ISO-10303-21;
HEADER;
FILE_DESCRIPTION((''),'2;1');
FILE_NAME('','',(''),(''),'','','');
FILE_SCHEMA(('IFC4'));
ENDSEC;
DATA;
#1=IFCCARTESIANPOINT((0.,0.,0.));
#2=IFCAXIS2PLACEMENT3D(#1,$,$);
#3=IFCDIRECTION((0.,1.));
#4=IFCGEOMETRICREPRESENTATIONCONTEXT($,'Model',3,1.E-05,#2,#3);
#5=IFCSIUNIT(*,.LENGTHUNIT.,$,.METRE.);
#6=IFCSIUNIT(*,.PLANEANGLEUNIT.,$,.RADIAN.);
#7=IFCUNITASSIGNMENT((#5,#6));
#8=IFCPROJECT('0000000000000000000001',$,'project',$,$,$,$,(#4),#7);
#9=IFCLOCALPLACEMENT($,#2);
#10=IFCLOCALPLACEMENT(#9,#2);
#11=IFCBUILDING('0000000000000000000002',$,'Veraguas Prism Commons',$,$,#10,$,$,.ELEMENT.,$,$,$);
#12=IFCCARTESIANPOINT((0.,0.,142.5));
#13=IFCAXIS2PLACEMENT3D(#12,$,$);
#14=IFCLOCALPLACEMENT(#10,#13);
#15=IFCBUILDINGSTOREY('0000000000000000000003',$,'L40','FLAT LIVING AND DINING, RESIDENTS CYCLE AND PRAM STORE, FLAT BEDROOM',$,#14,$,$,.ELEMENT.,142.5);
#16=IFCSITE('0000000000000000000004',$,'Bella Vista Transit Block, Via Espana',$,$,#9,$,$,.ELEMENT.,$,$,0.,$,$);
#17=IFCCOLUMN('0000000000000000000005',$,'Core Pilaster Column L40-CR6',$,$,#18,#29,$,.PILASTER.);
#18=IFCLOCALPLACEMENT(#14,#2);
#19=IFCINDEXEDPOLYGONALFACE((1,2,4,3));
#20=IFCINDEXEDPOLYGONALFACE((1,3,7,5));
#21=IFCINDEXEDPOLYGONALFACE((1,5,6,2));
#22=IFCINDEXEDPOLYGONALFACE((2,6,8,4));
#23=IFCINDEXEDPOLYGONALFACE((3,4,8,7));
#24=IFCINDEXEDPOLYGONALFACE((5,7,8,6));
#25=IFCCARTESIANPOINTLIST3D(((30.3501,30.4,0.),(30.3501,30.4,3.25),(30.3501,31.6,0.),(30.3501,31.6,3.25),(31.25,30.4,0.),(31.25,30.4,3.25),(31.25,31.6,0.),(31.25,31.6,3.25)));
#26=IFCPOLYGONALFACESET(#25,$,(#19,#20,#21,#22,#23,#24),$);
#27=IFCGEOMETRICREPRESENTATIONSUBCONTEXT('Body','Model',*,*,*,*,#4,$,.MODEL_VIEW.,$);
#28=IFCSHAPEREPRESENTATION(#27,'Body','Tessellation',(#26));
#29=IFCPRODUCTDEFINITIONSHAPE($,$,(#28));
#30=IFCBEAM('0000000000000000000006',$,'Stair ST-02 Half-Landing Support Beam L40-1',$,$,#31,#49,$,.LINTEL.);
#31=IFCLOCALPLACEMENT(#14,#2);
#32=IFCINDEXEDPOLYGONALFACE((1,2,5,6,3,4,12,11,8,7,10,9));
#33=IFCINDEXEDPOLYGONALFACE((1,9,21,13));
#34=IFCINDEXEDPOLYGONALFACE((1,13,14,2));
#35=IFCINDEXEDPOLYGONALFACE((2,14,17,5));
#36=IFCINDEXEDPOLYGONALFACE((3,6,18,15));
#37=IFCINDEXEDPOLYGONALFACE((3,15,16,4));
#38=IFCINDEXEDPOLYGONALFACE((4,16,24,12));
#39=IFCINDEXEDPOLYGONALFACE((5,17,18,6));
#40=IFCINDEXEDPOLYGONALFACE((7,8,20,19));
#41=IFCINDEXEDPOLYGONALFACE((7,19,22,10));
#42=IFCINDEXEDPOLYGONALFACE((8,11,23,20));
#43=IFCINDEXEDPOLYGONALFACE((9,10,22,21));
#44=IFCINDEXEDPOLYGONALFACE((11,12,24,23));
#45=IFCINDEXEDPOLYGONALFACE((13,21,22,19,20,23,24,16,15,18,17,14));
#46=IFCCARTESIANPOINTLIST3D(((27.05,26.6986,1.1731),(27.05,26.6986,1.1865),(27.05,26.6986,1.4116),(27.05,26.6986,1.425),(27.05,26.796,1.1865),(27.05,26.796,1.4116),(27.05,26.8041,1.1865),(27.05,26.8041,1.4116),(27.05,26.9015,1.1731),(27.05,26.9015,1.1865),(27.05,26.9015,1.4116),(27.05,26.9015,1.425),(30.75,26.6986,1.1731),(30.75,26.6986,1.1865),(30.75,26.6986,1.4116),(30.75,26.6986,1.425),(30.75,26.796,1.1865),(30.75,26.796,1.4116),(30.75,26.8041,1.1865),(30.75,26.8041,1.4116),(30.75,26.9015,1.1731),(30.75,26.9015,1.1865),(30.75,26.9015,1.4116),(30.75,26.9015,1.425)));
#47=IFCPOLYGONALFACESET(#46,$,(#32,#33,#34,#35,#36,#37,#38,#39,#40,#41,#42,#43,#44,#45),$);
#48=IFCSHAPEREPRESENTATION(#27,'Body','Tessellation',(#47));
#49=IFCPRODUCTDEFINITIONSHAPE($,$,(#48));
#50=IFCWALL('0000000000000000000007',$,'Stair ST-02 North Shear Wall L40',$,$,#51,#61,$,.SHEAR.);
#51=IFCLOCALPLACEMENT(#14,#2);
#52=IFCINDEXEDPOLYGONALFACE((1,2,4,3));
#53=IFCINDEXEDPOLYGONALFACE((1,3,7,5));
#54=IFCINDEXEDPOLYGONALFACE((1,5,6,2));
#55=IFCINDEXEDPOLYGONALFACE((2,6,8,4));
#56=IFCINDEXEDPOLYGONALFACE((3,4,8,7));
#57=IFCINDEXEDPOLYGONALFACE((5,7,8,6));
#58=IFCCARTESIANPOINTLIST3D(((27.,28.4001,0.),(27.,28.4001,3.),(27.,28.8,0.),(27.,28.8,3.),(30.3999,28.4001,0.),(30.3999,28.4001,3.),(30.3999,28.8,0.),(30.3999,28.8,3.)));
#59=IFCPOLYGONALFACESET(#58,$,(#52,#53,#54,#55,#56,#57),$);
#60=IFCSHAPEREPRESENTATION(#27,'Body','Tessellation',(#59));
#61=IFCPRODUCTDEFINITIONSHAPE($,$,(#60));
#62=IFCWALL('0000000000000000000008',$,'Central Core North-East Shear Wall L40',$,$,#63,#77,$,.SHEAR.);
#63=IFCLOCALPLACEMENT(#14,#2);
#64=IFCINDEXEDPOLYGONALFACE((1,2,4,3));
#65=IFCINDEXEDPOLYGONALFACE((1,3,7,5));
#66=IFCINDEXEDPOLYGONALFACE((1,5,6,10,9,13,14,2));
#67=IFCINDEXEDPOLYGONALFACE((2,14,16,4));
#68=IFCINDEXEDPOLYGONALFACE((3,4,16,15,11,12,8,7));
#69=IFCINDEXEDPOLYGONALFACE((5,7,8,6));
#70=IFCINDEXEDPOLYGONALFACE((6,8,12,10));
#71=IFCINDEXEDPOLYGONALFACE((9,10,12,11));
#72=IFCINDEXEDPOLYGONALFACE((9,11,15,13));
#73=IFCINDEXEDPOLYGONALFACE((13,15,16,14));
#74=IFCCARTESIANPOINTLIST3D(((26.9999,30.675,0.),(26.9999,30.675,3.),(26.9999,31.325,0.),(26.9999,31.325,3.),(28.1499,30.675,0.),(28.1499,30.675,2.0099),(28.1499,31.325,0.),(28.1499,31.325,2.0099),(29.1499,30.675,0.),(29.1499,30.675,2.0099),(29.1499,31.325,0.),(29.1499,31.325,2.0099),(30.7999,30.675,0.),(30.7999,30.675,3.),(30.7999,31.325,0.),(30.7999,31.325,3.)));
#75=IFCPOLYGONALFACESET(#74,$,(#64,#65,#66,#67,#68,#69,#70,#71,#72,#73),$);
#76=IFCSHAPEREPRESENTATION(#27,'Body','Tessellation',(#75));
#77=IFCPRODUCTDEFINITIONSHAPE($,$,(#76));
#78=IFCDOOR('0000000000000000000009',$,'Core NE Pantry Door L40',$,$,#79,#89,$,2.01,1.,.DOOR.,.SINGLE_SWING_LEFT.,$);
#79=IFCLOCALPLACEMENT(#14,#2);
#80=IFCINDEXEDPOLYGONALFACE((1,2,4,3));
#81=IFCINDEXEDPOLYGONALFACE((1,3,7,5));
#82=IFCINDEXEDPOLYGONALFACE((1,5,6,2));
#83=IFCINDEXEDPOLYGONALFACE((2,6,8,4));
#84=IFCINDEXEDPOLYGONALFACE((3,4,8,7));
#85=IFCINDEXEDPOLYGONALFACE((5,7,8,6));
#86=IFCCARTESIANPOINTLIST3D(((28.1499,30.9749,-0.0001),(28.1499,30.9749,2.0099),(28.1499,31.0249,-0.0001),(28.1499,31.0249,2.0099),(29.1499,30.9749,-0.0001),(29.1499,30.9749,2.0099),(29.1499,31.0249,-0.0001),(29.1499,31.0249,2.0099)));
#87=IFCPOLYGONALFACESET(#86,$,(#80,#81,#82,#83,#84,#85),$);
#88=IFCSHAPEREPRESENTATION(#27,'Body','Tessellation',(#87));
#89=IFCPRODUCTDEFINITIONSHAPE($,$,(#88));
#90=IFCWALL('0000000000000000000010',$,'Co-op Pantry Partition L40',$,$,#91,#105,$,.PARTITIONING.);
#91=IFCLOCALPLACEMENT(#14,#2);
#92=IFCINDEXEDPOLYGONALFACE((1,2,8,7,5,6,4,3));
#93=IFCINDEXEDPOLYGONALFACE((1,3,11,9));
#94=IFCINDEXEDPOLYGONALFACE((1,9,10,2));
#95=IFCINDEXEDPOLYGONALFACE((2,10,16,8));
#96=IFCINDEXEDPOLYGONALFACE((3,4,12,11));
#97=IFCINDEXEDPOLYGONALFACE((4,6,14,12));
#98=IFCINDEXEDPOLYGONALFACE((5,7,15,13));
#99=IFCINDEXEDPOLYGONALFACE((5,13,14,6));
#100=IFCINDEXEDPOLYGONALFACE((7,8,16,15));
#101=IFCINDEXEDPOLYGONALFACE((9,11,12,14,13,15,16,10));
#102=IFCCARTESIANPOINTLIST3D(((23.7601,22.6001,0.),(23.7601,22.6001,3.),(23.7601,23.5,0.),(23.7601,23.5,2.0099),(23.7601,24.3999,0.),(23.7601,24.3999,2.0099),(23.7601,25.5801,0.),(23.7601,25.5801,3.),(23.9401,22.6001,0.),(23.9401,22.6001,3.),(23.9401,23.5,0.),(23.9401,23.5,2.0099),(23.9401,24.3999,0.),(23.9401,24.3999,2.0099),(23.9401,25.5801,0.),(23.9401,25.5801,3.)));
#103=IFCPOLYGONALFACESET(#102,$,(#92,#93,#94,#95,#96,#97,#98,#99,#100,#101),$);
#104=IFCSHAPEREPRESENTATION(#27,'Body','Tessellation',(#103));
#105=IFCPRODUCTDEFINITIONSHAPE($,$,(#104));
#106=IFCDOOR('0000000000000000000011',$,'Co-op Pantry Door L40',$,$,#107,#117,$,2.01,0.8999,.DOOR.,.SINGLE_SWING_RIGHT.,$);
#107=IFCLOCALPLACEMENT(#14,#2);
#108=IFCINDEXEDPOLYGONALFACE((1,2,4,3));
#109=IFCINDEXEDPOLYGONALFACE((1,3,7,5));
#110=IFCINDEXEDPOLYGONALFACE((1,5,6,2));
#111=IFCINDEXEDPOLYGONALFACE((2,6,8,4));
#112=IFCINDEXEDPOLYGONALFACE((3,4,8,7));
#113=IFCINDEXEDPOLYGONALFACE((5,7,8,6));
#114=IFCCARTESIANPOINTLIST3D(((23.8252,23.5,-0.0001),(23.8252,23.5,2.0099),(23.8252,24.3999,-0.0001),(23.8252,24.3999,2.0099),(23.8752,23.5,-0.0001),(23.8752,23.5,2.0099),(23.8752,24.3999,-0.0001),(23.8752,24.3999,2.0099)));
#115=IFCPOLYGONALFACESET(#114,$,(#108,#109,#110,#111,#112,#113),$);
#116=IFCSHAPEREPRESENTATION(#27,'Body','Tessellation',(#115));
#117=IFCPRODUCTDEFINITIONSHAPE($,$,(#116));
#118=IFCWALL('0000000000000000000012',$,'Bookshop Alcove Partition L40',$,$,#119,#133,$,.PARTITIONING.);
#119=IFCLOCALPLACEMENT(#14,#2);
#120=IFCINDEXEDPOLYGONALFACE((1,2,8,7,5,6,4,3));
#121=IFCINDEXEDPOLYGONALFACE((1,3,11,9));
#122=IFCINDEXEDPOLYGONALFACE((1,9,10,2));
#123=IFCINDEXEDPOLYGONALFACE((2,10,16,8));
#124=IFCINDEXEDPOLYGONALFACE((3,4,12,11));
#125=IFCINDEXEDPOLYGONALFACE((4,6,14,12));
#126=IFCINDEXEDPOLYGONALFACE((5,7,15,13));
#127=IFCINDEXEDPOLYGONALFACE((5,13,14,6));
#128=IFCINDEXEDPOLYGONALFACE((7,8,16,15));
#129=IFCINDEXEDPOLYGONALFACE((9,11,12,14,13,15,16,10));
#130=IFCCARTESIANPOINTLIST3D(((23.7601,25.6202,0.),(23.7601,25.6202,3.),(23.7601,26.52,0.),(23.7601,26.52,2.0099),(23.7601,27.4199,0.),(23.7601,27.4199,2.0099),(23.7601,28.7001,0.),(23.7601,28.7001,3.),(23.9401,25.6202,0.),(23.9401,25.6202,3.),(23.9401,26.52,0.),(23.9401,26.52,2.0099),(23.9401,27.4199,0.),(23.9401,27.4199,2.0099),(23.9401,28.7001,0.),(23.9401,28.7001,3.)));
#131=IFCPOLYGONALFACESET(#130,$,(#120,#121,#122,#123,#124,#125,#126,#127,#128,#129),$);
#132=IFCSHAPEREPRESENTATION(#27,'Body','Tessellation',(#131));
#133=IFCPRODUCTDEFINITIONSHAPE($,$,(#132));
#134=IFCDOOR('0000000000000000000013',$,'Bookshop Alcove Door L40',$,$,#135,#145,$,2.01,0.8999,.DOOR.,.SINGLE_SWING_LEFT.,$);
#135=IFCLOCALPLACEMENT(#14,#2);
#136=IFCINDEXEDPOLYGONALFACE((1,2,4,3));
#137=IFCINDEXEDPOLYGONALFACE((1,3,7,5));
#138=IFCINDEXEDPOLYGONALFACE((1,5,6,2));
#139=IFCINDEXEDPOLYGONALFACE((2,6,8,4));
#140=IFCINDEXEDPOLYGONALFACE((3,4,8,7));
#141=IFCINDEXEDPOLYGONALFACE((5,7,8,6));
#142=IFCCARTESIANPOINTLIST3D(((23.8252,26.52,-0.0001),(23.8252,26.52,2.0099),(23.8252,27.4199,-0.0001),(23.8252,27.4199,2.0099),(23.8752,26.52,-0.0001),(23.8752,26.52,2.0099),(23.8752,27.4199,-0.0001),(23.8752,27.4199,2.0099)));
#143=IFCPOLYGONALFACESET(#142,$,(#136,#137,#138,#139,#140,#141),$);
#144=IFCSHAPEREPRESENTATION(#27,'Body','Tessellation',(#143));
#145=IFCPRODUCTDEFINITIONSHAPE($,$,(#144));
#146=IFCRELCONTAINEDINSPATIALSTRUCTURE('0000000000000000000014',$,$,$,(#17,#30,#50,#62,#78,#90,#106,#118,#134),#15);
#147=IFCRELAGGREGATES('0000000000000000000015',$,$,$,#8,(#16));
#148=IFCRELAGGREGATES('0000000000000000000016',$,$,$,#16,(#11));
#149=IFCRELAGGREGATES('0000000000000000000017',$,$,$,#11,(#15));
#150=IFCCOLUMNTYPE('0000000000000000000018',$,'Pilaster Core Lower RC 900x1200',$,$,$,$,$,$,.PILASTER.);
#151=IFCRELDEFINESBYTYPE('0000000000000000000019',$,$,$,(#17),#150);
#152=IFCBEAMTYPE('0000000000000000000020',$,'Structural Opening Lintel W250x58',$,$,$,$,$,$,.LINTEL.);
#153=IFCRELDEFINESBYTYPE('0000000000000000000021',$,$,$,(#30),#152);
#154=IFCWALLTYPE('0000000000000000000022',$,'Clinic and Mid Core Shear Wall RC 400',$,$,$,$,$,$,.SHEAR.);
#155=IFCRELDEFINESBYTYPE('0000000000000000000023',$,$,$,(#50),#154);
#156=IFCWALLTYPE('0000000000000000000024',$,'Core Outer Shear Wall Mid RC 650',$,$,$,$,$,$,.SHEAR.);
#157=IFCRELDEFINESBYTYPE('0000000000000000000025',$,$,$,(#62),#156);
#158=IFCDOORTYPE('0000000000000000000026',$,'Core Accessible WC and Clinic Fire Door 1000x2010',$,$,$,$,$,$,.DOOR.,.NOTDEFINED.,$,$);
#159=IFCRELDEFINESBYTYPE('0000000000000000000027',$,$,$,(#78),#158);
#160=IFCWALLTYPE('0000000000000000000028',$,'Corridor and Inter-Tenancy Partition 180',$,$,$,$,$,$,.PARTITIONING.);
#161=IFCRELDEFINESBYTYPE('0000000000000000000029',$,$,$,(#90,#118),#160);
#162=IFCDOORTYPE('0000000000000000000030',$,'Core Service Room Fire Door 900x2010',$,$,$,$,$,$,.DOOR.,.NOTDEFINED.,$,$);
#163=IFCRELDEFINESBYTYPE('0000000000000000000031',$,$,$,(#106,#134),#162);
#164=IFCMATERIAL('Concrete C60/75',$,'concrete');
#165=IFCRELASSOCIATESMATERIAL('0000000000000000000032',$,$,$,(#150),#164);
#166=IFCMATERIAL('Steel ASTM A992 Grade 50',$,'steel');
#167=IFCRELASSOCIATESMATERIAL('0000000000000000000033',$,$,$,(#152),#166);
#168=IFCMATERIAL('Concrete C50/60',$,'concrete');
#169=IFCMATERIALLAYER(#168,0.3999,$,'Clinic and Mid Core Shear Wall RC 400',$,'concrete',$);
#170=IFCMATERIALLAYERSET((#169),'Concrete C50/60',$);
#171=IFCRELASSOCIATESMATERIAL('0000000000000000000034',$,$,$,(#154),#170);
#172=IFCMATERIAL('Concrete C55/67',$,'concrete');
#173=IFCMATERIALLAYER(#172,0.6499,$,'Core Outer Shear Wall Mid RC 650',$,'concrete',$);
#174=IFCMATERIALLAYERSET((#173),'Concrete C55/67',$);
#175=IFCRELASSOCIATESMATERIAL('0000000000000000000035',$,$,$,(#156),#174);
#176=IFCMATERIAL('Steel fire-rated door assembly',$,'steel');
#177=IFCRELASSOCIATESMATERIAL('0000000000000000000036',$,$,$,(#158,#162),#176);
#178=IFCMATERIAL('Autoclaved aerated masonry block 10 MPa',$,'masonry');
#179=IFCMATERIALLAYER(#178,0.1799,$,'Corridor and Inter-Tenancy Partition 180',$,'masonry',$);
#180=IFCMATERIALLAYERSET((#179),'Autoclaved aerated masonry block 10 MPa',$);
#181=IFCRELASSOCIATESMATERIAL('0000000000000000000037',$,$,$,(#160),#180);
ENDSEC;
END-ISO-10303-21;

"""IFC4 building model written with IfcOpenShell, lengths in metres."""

from ifc_helpers import new_model, si_unit, direction, frame, frame_2d, origin, origin_2d, place, context, subcontext, project, spatial, rectangle, i_section, extrude, source, transform, mapped, material, layer, layer_set, material_profile, profile_set, type_object, element, fill, save


model = new_model("IFC4")

# Units and contexts
model_context = context("Model", 3, precision=1e-05, world=origin(), true_north=direction((0.0, 1.0)))
body_context = subcontext(model_context, "Body", "Model", "MODEL_VIEW")
ifc_project = project(units=[si_unit("LENGTHUNIT", "METRE"), si_unit("PLANEANGLEUNIT", "RADIAN")], contexts=[model_context])

# Site, building, storey
site_placement = place(None, origin())
site = spatial("IfcSite", under=ifc_project, at=site_placement, Name="Bella Vista Transit Block, Via Espana", CompositionType="ELEMENT", RefElevation=0.0)
building_placement = place(site_placement, origin())
building = spatial("IfcBuilding", under=site, at=building_placement, Name="Veraguas Prism Commons", CompositionType="ELEMENT")
storey_placement = place(building_placement, frame((0.0, 0.0, 142.5)))
storey = spatial("IfcBuildingStorey", under=building, at=storey_placement, Name="L40", Description="FLAT LIVING AND DINING, RESIDENTS CYCLE AND PRAM STORE, FLAT BEDROOM", CompositionType="ELEMENT", Elevation=142.5)

# Column
ifc_material_1 = material(Name="Concrete C60/75", Category="concrete")
ifc_material_profile_1 = material_profile(ifc_material_1, rectangle(XDim=0.8999, YDim=1.2, at=origin_2d()), Name="RC900X1200")
ifc_profile_set_1 = profile_set([ifc_material_profile_1], Name="Concrete C60/75")
column_type = type_object("IfcColumnType", Name="Pilaster Core Lower RC 900x1200", PredefinedType="PILASTER", material=ifc_profile_set_1)
column_placement = place(storey_placement, frame((30.8, 31.0, 0.0), z_axis=(0.0, 0.0, 1.0), x_axis=(1.0, 0.0, 0.0)))
element("IfcColumn", 1, at=column_placement, inside=storey, type_object=column_type, Name="Core Pilaster Column L40-CR6", PredefinedType="PILASTER", context=body_context, shape_type="SweptSolid", body=[
    extrude(rectangle(XDim=0.8999, YDim=1.2, at=origin_2d()), origin(), (0.0, 0.0, 1.0), 3.25),
])

# Beam
ifc_material_2 = material(Name="Steel ASTM A992 Grade 50", Category="steel")
ifc_material_profile_2 = material_profile(ifc_material_2, i_section(OverallWidth=0.2029, OverallDepth=0.252, WebThickness=0.0081, FlangeThickness=0.0134, at=origin_2d()), Name="W250X58")
ifc_profile_set_2 = profile_set([ifc_material_profile_2], Name="Steel ASTM A992 Grade 50")
beam_type = type_object("IfcBeamType", Name="Structural Opening Lintel W250x58", PredefinedType="LINTEL", material=ifc_profile_set_2)
beam_placement = place(storey_placement, frame((27.05, 26.8, 1.2991), z_axis=(1.0, 0.0, 0.0), x_axis=(0.0, 1.0, 0.0)))
element("IfcBeam", 2, at=beam_placement, inside=storey, type_object=beam_type, Name="Stair ST-02 Half-Landing Support Beam L40-1", PredefinedType="LINTEL", context=body_context, shape_type="SweptSolid", body=[
    extrude(i_section(OverallWidth=0.2029, OverallDepth=0.252, WebThickness=0.0081, FlangeThickness=0.0134, at=origin_2d()), origin(), (0.0, 0.0, 1.0), 3.7),
])

# Wall
ifc_material_3 = material(Name="Concrete C50/60", Category="concrete")
ifc_layer_1 = layer(ifc_material_3, 0.3999, Name="Clinic and Mid Core Shear Wall RC 400", Category="concrete")
ifc_layer_set_1 = layer_set([ifc_layer_1], Name="Concrete C50/60")
wall_type_1 = type_object("IfcWallType", Name="Clinic and Mid Core Shear Wall RC 400", PredefinedType="SHEAR", material=ifc_layer_set_1)
wall_1_placement = place(storey_placement, frame((27.0, 28.6001, 0.0), z_axis=(0.0, 0.0, 1.0), x_axis=(1.0, 0.0, 0.0)))
element("IfcWall", 3, at=wall_1_placement, inside=storey, type_object=wall_type_1, Name="Stair ST-02 North Shear Wall L40", PredefinedType="SHEAR", context=body_context, shape_type="SweptSolid", body=[
    extrude(rectangle(XDim=3.3999, YDim=0.3999, at=frame_2d((1.7, 0.0))), origin(), (0.0, 0.0, 1.0), 3.0),
])

# Walls, openings, doors
ifc_material_4 = material(Name="Concrete C55/67", Category="concrete")
ifc_layer_2 = layer(ifc_material_4, 0.6499, Name="Core Outer Shear Wall Mid RC 650", Category="concrete")
ifc_layer_set_2 = layer_set([ifc_layer_2], Name="Concrete C55/67")
wall_type_2 = type_object("IfcWallType", Name="Core Outer Shear Wall Mid RC 650", PredefinedType="SHEAR", material=ifc_layer_set_2)
wall_2_placement = place(storey_placement, frame((27.0, 31.0, 0.0), z_axis=(0.0, 0.0, 1.0), x_axis=(1.0, 0.0, 0.0)))
wall_2 = element("IfcWall", 4, at=wall_2_placement, inside=storey, type_object=wall_type_2, Name="Central Core North-East Shear Wall L40", PredefinedType="SHEAR", context=body_context, shape_type="SweptSolid", body=[
    extrude(rectangle(XDim=3.8, YDim=0.6499, at=frame_2d((1.8999, 0.0))), origin(), (0.0, 0.0, 1.0), 3.0),
])
opening_1_placement = place(wall_2_placement, frame((1.1499, 0.0, 0.0)))
opening_1 = element("IfcOpeningElement", 5, at=opening_1_placement, cuts=wall_2, PredefinedType="OPENING", context=body_context, shape_type="SweptSolid", body=[
    extrude(rectangle(XDim=1.0, YDim=2.01, at=frame_2d((0.5, 1.0049))), frame((0.0, 0.335, 0.0), z_axis=(0.0, -1.0, 0.0), x_axis=(1.0, 0.0, 0.0)), (0.0, 0.0, 1.0), 0.6699),
])
ifc_material_5 = material(Name="Steel fire-rated door assembly", Category="steel")
door_type_1 = type_object("IfcDoorType", Name="Core Accessible WC and Clinic Fire Door 1000x2010", OperationType="NOTDEFINED", PredefinedType="DOOR", material=ifc_material_5)
shared_shape_1 = source(origin(), body_context, "Body", "SweptSolid", [
    extrude(rectangle(XDim=1.0, YDim=2.01, at=frame_2d((0.5, 1.0049))), frame((0.0, 0.0249, 0.0), z_axis=(0.0, -1.0, 0.0), x_axis=(1.0, 0.0, 0.0)), (0.0, 0.0, 1.0), 0.05),
])
door_1_placement = place(opening_1_placement, origin())
door_1 = element("IfcDoor", 6, at=door_1_placement, inside=storey, type_object=door_type_1, Name="Core NE Pantry Door L40", OperationType="SINGLE_SWING_LEFT", OverallHeight=2.01, OverallWidth=1.0, PredefinedType="DOOR", context=body_context, shape_type="MappedRepresentation", body=[
    mapped(shared_shape_1, transform((0.0, 0.0, 0.0), scale=1.0)),
])
fill(opening_1, door_1)
ifc_material_6 = material(Name="Autoclaved aerated masonry block 10 MPa", Category="masonry")
ifc_layer_3 = layer(ifc_material_6, 0.1799, Name="Corridor and Inter-Tenancy Partition 180", Category="masonry")
ifc_layer_set_3 = layer_set([ifc_layer_3], Name="Autoclaved aerated masonry block 10 MPa")
wall_type_3 = type_object("IfcWallType", Name="Corridor and Inter-Tenancy Partition 180", PredefinedType="PARTITIONING", material=ifc_layer_set_3)
wall_3_placement = place(storey_placement, frame((23.8501, 22.6001, 0.0), z_axis=(0.0, 0.0, 1.0), x_axis=(0.0, 1.0, 0.0)))
wall_3 = element("IfcWall", 7, at=wall_3_placement, inside=storey, type_object=wall_type_3, Name="Co-op Pantry Partition L40", PredefinedType="PARTITIONING", context=body_context, shape_type="SweptSolid", body=[
    extrude(rectangle(XDim=2.98, YDim=0.1799, at=frame_2d((1.49, 0.0))), origin(), (0.0, 0.0, 1.0), 3.0),
])
opening_2_placement = place(wall_3_placement, frame((0.8999, 0.0, 0.0)))
opening_2 = element("IfcOpeningElement", 8, at=opening_2_placement, cuts=wall_3, PredefinedType="OPENING", context=body_context, shape_type="SweptSolid", body=[
    extrude(rectangle(XDim=0.8999, YDim=2.01, at=frame_2d((0.45, 1.0049))), frame((0.0, 0.0999, 0.0), z_axis=(0.0, -1.0, 0.0), x_axis=(1.0, 0.0, 0.0)), (0.0, 0.0, 1.0), 0.2),
])
door_type_2 = type_object("IfcDoorType", Name="Core Service Room Fire Door 900x2010", OperationType="NOTDEFINED", PredefinedType="DOOR", material=ifc_material_5)
shared_shape_2 = source(origin(), body_context, "Body", "SweptSolid", [
    extrude(rectangle(XDim=0.8999, YDim=2.01, at=frame_2d((0.45, 1.0049))), frame((0.0, 0.0249, 0.0), z_axis=(0.0, -1.0, 0.0), x_axis=(1.0, 0.0, 0.0)), (0.0, 0.0, 1.0), 0.05),
])
door_2_placement = place(opening_2_placement, origin())
door_2 = element("IfcDoor", 9, at=door_2_placement, inside=storey, type_object=door_type_2, Name="Co-op Pantry Door L40", OperationType="SINGLE_SWING_RIGHT", OverallHeight=2.01, OverallWidth=0.8999, PredefinedType="DOOR", context=body_context, shape_type="MappedRepresentation", body=[
    mapped(shared_shape_2, transform((0.0, 0.0, 0.0), scale=1.0)),
])
fill(opening_2, door_2)
wall_4_placement = place(storey_placement, frame((23.8501, 25.6201, 0.0), z_axis=(0.0, 0.0, 1.0), x_axis=(0.0, 1.0, 0.0)))
wall_4 = element("IfcWall", 10, at=wall_4_placement, inside=storey, type_object=wall_type_3, Name="Bookshop Alcove Partition L40", PredefinedType="PARTITIONING", context=body_context, shape_type="SweptSolid", body=[
    extrude(rectangle(XDim=3.0798, YDim=0.1799, at=frame_2d((1.54, 0.0))), origin(), (0.0, 0.0, 1.0), 3.0),
])
opening_3_placement = place(wall_4_placement, frame((0.8999, 0.0, 0.0)))
opening_3 = element("IfcOpeningElement", 11, at=opening_3_placement, cuts=wall_4, PredefinedType="OPENING", context=body_context, shape_type="SweptSolid", body=[
    extrude(rectangle(XDim=0.8999, YDim=2.01, at=frame_2d((0.45, 1.0049))), frame((0.0, 0.0999, 0.0), z_axis=(0.0, -1.0, 0.0), x_axis=(1.0, 0.0, 0.0)), (0.0, 0.0, 1.0), 0.2),
])
door_3_placement = place(opening_3_placement, origin())
door_3 = element("IfcDoor", 12, at=door_3_placement, inside=storey, type_object=door_type_2, Name="Bookshop Alcove Door L40", OperationType="SINGLE_SWING_LEFT", OverallHeight=2.01, OverallWidth=0.8999, PredefinedType="DOOR", context=body_context, shape_type="MappedRepresentation", body=[
    mapped(shared_shape_2, transform((0.0, 0.0, 0.0), scale=1.0)),
])
fill(opening_3, door_3)

save(model, "model.ifc")
